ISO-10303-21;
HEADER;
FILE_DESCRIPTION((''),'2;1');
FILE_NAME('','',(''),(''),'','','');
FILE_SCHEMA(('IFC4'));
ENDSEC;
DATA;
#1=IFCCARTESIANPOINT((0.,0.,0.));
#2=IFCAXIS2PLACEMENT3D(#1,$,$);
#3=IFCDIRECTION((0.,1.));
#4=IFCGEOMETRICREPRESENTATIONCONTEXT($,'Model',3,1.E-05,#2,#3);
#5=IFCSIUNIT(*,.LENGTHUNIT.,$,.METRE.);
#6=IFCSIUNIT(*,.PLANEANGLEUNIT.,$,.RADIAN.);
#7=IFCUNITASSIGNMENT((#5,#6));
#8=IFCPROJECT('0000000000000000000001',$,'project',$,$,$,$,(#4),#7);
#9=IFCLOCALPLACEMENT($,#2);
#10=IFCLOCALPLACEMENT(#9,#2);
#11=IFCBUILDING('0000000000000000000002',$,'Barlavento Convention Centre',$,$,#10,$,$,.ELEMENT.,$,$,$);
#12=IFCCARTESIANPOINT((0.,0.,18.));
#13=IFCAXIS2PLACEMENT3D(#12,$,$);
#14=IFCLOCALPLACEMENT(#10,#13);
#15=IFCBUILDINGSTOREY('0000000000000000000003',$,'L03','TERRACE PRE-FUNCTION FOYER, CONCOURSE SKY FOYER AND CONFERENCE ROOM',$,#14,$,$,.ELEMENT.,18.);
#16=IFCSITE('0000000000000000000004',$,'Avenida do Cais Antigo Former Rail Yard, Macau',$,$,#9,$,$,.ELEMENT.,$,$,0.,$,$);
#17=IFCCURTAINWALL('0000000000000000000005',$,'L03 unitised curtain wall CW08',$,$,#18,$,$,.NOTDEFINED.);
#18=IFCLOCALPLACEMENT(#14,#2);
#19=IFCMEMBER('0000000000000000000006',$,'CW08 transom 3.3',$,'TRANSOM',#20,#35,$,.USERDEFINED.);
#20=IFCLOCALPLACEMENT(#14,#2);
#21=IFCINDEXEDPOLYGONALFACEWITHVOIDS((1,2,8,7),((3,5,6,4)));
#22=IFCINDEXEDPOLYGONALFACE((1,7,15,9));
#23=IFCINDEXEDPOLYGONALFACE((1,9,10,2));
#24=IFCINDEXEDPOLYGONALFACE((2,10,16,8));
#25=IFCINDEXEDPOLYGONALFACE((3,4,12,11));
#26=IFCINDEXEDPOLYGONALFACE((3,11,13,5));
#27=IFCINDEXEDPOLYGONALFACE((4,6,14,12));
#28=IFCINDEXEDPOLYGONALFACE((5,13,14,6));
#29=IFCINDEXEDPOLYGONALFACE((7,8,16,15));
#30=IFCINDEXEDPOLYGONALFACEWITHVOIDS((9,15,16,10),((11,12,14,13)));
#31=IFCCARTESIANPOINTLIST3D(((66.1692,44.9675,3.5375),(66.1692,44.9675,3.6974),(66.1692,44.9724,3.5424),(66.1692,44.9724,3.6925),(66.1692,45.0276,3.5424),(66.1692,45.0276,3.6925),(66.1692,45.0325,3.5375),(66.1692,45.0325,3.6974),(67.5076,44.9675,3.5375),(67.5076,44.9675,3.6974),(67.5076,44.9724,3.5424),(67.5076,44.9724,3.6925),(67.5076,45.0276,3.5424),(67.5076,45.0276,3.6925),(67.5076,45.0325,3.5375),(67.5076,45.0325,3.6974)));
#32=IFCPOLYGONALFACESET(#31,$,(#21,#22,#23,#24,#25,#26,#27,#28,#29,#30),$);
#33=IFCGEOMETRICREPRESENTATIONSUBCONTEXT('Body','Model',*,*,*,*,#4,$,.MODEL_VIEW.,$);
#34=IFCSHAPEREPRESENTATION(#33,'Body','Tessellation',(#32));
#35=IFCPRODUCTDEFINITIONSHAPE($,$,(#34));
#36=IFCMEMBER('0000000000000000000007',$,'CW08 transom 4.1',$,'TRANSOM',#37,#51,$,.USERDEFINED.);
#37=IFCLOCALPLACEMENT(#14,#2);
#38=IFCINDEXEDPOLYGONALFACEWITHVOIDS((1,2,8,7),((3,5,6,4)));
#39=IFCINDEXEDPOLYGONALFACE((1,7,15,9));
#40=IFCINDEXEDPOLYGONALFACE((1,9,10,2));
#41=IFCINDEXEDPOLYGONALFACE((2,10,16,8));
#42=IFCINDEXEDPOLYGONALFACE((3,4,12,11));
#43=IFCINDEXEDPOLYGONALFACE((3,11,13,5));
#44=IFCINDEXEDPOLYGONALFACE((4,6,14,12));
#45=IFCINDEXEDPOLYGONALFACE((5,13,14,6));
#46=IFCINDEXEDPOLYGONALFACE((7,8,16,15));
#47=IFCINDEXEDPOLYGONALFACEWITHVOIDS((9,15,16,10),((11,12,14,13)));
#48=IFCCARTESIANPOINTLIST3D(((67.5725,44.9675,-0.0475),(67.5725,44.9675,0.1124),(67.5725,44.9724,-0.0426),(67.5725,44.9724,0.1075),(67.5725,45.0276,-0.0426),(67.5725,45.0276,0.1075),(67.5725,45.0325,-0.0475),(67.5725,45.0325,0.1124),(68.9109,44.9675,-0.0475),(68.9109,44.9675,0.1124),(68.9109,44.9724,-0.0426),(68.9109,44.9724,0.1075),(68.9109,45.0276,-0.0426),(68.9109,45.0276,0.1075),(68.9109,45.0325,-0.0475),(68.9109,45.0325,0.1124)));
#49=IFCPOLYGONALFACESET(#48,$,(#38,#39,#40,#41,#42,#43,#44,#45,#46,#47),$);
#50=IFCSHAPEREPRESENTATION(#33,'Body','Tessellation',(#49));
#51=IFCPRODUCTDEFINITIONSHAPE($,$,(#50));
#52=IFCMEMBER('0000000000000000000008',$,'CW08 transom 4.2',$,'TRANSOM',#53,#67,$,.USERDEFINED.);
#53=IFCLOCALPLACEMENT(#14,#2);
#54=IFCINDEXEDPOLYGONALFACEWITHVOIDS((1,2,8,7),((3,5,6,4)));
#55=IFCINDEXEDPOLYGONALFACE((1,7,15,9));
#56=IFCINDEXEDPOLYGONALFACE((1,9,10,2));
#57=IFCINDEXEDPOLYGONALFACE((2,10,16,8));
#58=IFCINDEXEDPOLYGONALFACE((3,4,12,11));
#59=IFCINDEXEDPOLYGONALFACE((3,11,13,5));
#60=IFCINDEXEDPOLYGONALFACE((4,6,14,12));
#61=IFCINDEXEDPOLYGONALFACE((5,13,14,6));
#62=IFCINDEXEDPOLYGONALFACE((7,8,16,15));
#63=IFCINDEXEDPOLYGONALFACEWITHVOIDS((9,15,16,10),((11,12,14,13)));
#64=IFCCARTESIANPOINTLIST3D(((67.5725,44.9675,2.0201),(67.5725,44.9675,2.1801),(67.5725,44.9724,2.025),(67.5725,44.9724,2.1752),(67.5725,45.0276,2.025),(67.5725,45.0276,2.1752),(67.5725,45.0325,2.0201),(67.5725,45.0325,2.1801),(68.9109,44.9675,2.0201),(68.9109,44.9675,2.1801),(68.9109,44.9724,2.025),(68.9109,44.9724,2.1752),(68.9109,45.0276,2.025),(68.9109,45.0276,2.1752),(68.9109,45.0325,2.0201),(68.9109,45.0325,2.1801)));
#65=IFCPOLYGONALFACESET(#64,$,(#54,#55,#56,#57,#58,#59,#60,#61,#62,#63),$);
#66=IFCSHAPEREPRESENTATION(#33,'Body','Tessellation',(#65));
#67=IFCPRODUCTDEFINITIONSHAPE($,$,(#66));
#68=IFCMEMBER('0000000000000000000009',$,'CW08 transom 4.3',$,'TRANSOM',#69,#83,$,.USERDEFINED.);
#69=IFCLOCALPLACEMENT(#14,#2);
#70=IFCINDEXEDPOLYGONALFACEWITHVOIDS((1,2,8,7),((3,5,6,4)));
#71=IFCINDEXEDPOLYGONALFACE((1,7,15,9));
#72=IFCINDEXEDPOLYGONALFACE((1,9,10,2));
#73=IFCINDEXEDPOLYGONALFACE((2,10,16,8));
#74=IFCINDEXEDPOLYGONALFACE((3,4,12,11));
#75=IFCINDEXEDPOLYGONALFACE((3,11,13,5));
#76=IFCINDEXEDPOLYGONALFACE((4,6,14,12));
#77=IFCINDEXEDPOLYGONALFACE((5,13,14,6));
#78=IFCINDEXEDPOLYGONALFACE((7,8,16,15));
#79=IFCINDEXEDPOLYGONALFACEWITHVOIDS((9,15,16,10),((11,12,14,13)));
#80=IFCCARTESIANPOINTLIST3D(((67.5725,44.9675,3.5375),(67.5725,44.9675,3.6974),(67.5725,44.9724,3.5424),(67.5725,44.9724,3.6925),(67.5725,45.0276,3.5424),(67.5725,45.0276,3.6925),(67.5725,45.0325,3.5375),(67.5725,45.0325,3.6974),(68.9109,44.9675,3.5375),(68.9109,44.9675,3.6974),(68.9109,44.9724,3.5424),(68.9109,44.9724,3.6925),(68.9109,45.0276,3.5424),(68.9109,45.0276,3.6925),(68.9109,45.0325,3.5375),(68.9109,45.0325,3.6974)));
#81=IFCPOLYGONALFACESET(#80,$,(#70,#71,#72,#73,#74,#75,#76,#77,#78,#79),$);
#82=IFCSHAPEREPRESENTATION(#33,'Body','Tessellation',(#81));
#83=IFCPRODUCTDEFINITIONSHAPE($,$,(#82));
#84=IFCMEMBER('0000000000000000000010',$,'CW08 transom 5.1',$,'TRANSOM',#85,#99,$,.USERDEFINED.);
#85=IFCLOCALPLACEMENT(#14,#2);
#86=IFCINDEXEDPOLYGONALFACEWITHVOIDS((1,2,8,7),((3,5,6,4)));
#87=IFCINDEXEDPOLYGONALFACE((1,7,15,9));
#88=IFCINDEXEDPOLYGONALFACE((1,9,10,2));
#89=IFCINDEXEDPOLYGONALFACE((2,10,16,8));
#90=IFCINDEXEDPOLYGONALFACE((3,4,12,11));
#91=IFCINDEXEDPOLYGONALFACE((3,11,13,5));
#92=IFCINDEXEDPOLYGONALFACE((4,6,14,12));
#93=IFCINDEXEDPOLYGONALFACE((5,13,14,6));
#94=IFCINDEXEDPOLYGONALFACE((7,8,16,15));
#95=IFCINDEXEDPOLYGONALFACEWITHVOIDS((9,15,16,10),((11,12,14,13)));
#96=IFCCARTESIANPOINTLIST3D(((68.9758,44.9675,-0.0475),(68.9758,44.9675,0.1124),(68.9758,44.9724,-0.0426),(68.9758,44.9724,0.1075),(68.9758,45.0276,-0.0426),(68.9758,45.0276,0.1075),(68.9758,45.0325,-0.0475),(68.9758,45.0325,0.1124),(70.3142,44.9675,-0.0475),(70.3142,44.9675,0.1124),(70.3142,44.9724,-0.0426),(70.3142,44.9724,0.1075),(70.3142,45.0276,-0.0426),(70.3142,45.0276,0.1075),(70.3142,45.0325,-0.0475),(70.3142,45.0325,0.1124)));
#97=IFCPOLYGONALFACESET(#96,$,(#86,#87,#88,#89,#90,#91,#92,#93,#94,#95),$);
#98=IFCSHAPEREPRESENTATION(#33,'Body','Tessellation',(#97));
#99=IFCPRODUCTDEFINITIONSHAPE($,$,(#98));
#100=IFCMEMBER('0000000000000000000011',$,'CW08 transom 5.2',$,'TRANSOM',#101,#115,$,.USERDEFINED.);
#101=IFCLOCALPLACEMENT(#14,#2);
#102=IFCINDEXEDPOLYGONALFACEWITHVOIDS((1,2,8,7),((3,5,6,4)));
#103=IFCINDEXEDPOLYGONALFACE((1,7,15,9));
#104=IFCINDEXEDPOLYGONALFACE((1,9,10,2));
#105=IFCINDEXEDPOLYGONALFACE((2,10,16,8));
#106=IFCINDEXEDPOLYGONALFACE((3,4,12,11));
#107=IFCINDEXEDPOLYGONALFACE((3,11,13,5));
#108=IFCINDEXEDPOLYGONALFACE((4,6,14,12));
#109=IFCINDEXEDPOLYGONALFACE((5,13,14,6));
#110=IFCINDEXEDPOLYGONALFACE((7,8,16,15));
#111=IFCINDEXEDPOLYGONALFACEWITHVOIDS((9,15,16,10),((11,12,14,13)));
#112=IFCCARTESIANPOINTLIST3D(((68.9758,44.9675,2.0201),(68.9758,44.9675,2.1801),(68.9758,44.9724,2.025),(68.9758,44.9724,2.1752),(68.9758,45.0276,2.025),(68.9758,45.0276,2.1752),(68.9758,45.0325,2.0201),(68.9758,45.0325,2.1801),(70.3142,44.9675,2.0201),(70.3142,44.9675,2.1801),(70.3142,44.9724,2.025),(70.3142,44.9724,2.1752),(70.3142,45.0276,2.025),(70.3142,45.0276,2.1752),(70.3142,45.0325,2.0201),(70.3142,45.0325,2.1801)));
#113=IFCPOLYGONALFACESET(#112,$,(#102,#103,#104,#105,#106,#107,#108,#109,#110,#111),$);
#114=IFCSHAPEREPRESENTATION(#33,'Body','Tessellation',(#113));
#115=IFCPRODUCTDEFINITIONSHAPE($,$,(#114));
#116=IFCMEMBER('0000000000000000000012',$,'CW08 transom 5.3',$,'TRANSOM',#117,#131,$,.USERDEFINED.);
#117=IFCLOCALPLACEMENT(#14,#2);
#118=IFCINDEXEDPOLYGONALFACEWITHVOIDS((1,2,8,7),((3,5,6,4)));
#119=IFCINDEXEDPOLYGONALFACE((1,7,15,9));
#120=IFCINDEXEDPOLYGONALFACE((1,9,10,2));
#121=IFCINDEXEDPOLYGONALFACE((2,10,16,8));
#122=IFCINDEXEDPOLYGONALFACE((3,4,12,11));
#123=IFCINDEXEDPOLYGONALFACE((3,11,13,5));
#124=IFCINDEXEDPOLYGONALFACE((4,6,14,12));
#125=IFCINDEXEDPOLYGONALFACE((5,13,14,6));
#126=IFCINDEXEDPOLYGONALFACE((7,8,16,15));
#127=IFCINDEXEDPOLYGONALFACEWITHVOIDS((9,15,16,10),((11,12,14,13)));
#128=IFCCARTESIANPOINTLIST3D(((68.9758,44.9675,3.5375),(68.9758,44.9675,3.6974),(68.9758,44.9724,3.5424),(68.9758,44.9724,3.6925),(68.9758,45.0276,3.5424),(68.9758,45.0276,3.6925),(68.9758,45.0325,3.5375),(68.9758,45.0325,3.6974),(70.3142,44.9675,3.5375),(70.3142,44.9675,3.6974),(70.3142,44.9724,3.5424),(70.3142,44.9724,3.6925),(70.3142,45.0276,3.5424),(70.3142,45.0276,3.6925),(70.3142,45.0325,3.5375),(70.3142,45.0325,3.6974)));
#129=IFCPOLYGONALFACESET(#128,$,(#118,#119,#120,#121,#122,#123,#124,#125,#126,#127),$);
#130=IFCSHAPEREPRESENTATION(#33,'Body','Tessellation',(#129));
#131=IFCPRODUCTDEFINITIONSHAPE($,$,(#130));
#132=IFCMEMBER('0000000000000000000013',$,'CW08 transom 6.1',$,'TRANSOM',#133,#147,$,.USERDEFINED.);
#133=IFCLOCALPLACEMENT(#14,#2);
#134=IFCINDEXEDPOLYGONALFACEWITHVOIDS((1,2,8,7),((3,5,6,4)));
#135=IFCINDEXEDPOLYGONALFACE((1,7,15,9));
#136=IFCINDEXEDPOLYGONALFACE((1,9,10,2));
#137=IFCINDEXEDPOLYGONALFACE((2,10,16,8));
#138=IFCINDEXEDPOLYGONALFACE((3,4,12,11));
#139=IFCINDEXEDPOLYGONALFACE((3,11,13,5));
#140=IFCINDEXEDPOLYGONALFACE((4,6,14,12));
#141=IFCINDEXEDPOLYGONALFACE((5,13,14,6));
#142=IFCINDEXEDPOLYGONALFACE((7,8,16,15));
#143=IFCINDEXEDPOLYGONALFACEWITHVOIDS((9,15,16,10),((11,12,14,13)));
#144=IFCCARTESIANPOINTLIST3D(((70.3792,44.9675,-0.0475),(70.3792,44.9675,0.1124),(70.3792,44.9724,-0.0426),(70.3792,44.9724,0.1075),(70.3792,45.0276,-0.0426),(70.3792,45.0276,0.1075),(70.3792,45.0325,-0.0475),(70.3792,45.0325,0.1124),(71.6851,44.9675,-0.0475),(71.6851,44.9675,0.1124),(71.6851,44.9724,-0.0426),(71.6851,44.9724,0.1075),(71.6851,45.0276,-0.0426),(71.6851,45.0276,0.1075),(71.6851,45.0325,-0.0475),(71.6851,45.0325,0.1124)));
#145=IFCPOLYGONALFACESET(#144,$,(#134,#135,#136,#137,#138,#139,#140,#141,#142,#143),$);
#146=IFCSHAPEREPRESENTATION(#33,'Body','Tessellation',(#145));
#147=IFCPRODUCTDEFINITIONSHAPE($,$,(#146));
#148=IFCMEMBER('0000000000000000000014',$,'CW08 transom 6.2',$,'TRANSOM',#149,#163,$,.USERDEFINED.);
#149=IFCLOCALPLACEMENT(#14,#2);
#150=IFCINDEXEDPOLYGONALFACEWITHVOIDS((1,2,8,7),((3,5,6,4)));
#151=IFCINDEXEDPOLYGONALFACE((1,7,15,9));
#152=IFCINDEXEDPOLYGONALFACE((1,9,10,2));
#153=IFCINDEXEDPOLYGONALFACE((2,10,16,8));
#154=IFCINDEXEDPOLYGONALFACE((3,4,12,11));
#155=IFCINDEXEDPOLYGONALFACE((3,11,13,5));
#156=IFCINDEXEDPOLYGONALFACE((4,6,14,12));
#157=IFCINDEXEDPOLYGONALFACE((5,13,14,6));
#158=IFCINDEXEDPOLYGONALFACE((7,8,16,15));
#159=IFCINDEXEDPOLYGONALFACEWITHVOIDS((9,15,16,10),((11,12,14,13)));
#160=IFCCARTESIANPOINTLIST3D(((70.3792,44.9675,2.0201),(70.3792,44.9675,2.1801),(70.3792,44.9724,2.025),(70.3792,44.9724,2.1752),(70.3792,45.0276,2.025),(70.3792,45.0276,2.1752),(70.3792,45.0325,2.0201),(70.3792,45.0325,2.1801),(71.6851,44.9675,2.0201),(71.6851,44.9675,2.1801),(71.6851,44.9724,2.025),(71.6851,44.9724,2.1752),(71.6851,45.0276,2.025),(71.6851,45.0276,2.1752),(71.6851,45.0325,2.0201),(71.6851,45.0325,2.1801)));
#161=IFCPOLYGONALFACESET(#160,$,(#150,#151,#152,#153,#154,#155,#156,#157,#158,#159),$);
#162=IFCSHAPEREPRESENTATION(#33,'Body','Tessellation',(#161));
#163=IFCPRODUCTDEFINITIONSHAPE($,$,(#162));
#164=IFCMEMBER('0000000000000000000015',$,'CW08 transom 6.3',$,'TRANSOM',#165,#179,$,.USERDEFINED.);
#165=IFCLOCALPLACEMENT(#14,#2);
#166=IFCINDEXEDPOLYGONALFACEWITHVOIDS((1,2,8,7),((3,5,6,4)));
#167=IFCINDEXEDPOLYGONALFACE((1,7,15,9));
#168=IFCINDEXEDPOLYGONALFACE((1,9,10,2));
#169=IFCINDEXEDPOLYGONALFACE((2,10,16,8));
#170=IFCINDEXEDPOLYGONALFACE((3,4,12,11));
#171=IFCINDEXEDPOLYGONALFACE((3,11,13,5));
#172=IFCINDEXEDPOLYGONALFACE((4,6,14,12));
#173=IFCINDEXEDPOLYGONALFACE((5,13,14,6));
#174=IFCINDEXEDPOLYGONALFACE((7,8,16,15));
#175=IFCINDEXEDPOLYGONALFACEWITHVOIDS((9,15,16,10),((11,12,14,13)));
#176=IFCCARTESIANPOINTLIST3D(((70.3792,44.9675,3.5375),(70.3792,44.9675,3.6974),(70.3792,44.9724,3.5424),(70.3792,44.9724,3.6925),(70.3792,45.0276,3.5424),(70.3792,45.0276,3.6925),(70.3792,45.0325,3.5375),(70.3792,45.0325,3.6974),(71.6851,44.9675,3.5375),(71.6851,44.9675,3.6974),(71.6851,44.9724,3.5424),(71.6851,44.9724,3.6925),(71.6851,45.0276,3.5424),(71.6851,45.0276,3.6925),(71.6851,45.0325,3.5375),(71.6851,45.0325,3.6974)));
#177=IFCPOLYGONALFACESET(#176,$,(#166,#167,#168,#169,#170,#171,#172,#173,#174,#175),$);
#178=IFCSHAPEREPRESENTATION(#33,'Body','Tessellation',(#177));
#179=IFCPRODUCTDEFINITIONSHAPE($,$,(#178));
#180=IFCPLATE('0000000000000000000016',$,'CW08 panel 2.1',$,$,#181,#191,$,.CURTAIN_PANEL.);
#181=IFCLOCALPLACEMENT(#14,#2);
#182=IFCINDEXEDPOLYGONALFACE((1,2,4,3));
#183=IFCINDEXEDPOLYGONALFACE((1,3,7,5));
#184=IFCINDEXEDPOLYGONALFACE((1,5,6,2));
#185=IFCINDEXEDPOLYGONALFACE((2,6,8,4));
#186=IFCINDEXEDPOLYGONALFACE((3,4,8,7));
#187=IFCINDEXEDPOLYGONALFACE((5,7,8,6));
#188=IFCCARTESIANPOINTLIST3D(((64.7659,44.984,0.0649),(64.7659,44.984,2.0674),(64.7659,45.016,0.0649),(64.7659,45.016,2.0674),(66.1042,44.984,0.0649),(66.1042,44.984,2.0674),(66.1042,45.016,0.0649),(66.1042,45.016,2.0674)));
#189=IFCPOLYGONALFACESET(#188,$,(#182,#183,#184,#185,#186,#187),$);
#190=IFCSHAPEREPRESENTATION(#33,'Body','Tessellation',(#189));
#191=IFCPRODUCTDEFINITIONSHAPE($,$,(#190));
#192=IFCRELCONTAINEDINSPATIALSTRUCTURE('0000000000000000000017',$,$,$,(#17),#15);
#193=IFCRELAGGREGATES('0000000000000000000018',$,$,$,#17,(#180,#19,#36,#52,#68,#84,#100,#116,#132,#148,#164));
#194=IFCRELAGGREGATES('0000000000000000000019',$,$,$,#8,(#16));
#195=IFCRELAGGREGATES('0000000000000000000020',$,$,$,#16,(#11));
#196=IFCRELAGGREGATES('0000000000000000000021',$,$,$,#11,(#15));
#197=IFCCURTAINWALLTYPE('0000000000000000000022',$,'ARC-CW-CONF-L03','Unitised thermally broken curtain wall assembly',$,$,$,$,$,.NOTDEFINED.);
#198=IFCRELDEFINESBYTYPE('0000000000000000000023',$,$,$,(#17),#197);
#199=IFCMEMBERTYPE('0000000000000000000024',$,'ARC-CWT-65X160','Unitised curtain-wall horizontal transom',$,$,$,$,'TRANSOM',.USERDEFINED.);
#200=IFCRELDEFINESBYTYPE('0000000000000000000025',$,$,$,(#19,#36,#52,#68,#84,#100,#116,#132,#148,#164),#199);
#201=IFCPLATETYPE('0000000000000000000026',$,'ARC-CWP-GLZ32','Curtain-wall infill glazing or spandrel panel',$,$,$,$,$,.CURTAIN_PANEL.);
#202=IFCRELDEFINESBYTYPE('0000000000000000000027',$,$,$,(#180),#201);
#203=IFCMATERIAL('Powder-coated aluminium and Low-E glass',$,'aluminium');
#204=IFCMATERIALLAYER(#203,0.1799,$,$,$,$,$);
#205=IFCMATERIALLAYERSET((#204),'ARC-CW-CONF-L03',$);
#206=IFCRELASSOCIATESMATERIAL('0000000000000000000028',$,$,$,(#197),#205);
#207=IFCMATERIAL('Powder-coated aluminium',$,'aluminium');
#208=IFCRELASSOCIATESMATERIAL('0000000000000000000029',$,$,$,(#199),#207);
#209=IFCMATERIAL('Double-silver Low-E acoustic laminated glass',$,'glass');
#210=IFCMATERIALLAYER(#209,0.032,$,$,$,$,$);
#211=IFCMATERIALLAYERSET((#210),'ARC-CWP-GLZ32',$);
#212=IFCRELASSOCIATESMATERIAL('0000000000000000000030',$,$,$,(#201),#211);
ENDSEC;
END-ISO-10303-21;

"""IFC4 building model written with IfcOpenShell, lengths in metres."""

from ifc_helpers import new_model, si_unit, direction, frame, origin, origin_2d, place, context, subcontext, project, spatial, rectangle, hollow_rectangle, extrude, material, layer, layer_set, material_profile, profile_set, type_object, element, aggregate, save


model = new_model("IFC4")

# Units and contexts
model_context = context("Model", 3, precision=1e-05, world=origin(), true_north=direction((0.0, 1.0)))
body_context = subcontext(model_context, "Body", "Model", "MODEL_VIEW")
ifc_project = project(units=[si_unit("LENGTHUNIT", "METRE"), si_unit("PLANEANGLEUNIT", "RADIAN")], contexts=[model_context])

# Site, building, storey
site_placement = place(None, origin())
site = spatial("IfcSite", under=ifc_project, at=site_placement, Name="Avenida do Cais Antigo Former Rail Yard, Macau", CompositionType="ELEMENT", RefElevation=0.0)
building_placement = place(site_placement, origin())
building = spatial("IfcBuilding", under=site, at=building_placement, Name="Barlavento Convention Centre", CompositionType="ELEMENT")
storey_placement = place(building_placement, frame((0.0, 0.0, 18.0)))
storey = spatial("IfcBuildingStorey", under=building, at=storey_placement, Name="L03", Description="TERRACE PRE-FUNCTION FOYER, CONCOURSE SKY FOYER AND CONFERENCE ROOM", CompositionType="ELEMENT", Elevation=18.0)

# Curtain wall, members, plate
ifc_material_1 = material(Name="Powder-coated aluminium and Low-E glass", Category="aluminium")
ifc_layer_1 = layer(ifc_material_1, 0.1799)
ifc_layer_set_1 = layer_set([ifc_layer_1], Name="ARC-CW-CONF-L03")
curtain_wall_type = type_object("IfcCurtainWallType", Name="ARC-CW-CONF-L03", Description="Unitised thermally broken curtain wall assembly", PredefinedType="NOTDEFINED", material=ifc_layer_set_1)
curtain_wall_placement = place(storey_placement, origin())
curtain_wall = element("IfcCurtainWall", 1, at=curtain_wall_placement, inside=storey, type_object=curtain_wall_type, Name="L03 unitised curtain wall CW08", PredefinedType="NOTDEFINED")
ifc_material_2 = material(Name="Powder-coated aluminium", Category="aluminium")
ifc_material_profile_1 = material_profile(ifc_material_2, hollow_rectangle(XDim=0.0649, YDim=0.1599, WallThickness=0.0049, at=origin_2d()), Name="AL-TRAN 65x160x5")
ifc_profile_set_1 = profile_set([ifc_material_profile_1], Name="Powder-coated aluminium")
member_type_1 = type_object("IfcMemberType", Name="ARC-CWT-65X160", Description="Unitised curtain-wall horizontal transom", ElementType="TRANSOM", PredefinedType="USERDEFINED", material=ifc_profile_set_1)
member_1_placement = place(storey_placement, frame((66.1692, 45.0, 3.6174), z_axis=(1.0, 0.0, 0.0), x_axis=(0.0, 1.0, 0.0)))
member_1 = element("IfcMember", 2, at=member_1_placement, type_object=member_type_1, Name="CW08 transom 3.3", ObjectType="TRANSOM", PredefinedType="USERDEFINED", context=body_context, shape_type="SweptSolid", body=[
    extrude(hollow_rectangle(XDim=0.0649, YDim=0.1599, WallThickness=0.0049, at=origin_2d()), origin(), (0.0, 0.0, 1.0), 1.3384),
])
member_2_placement = place(storey_placement, frame((67.5725, 45.0, 0.0325), z_axis=(1.0, 0.0, 0.0), x_axis=(0.0, 1.0, 0.0)))
member_2 = element("IfcMember", 3, at=member_2_placement, type_object=member_type_1, Name="CW08 transom 4.1", ObjectType="TRANSOM", PredefinedType="USERDEFINED", context=body_context, shape_type="SweptSolid", body=[
    extrude(hollow_rectangle(XDim=0.0649, YDim=0.1599, WallThickness=0.0049, at=origin_2d()), origin(), (0.0, 0.0, 1.0), 1.3384),
])
member_3_placement = place(storey_placement, frame((67.5725, 45.0, 2.1001), z_axis=(1.0, 0.0, 0.0), x_axis=(0.0, 1.0, 0.0)))
member_3 = element("IfcMember", 4, at=member_3_placement, type_object=member_type_1, Name="CW08 transom 4.2", ObjectType="TRANSOM", PredefinedType="USERDEFINED", context=body_context, shape_type="SweptSolid", body=[
    extrude(hollow_rectangle(XDim=0.0649, YDim=0.1599, WallThickness=0.0049, at=origin_2d()), origin(), (0.0, 0.0, 1.0), 1.3384),
])
member_4_placement = place(storey_placement, frame((67.5725, 45.0, 3.6174), z_axis=(1.0, 0.0, 0.0), x_axis=(0.0, 1.0, 0.0)))
member_4 = element("IfcMember", 5, at=member_4_placement, type_object=member_type_1, Name="CW08 transom 4.3", ObjectType="TRANSOM", PredefinedType="USERDEFINED", context=body_context, shape_type="SweptSolid", body=[
    extrude(hollow_rectangle(XDim=0.0649, YDim=0.1599, WallThickness=0.0049, at=origin_2d()), origin(), (0.0, 0.0, 1.0), 1.3384),
])
member_5_placement = place(storey_placement, frame((68.9758, 45.0, 0.0325), z_axis=(1.0, 0.0, 0.0), x_axis=(0.0, 1.0, 0.0)))
member_5 = element("IfcMember", 6, at=member_5_placement, type_object=member_type_1, Name="CW08 transom 5.1", ObjectType="TRANSOM", PredefinedType="USERDEFINED", context=body_context, shape_type="SweptSolid", body=[
    extrude(hollow_rectangle(XDim=0.0649, YDim=0.1599, WallThickness=0.0049, at=origin_2d()), origin(), (0.0, 0.0, 1.0), 1.3384),
])
member_6_placement = place(storey_placement, frame((68.9758, 45.0, 2.1001), z_axis=(1.0, 0.0, 0.0), x_axis=(0.0, 1.0, 0.0)))
member_6 = element("IfcMember", 7, at=member_6_placement, type_object=member_type_1, Name="CW08 transom 5.2", ObjectType="TRANSOM", PredefinedType="USERDEFINED", context=body_context, shape_type="SweptSolid", body=[
    extrude(hollow_rectangle(XDim=0.0649, YDim=0.1599, WallThickness=0.0049, at=origin_2d()), origin(), (0.0, 0.0, 1.0), 1.3384),
])
member_7_placement = place(storey_placement, frame((68.9758, 45.0, 3.6174), z_axis=(1.0, 0.0, 0.0), x_axis=(0.0, 1.0, 0.0)))
member_7 = element("IfcMember", 8, at=member_7_placement, type_object=member_type_1, Name="CW08 transom 5.3", ObjectType="TRANSOM", PredefinedType="USERDEFINED", context=body_context, shape_type="SweptSolid", body=[
    extrude(hollow_rectangle(XDim=0.0649, YDim=0.1599, WallThickness=0.0049, at=origin_2d()), origin(), (0.0, 0.0, 1.0), 1.3384),
])
member_8_placement = place(storey_placement, frame((70.3792, 45.0, 0.0325), z_axis=(1.0, 0.0, 0.0), x_axis=(0.0, 1.0, 0.0)))
member_8 = element("IfcMember", 9, at=member_8_placement, type_object=member_type_1, Name="CW08 transom 6.1", ObjectType="TRANSOM", PredefinedType="USERDEFINED", context=body_context, shape_type="SweptSolid", body=[
    extrude(hollow_rectangle(XDim=0.0649, YDim=0.1599, WallThickness=0.0049, at=origin_2d()), origin(), (0.0, 0.0, 1.0), 1.3059),
])
member_9_placement = place(storey_placement, frame((70.3792, 45.0, 2.1001), z_axis=(1.0, 0.0, 0.0), x_axis=(0.0, 1.0, 0.0)))
member_9 = element("IfcMember", 10, at=member_9_placement, type_object=member_type_1, Name="CW08 transom 6.2", ObjectType="TRANSOM", PredefinedType="USERDEFINED", context=body_context, shape_type="SweptSolid", body=[
    extrude(hollow_rectangle(XDim=0.0649, YDim=0.1599, WallThickness=0.0049, at=origin_2d()), origin(), (0.0, 0.0, 1.0), 1.3059),
])
member_10_placement = place(storey_placement, frame((70.3792, 45.0, 3.6174), z_axis=(1.0, 0.0, 0.0), x_axis=(0.0, 1.0, 0.0)))
member_10 = element("IfcMember", 11, at=member_10_placement, type_object=member_type_1, Name="CW08 transom 6.3", ObjectType="TRANSOM", PredefinedType="USERDEFINED", context=body_context, shape_type="SweptSolid", body=[
    extrude(hollow_rectangle(XDim=0.0649, YDim=0.1599, WallThickness=0.0049, at=origin_2d()), origin(), (0.0, 0.0, 1.0), 1.3059),
])
ifc_material_3 = material(Name="Double-silver Low-E acoustic laminated glass", Category="glass")
ifc_layer_2 = layer(ifc_material_3, 0.032)
ifc_layer_set_2 = layer_set([ifc_layer_2], Name="ARC-CWP-GLZ32")
plate_type = type_object("IfcPlateType", Name="ARC-CWP-GLZ32", Description="Curtain-wall infill glazing or spandrel panel", PredefinedType="CURTAIN_PANEL", material=ifc_layer_set_2)
plate_1_placement = place(storey_placement, frame((65.4351, 45.0, 0.0649), z_axis=(0.0, 0.0, 1.0), x_axis=(1.0, 0.0, 0.0)))
plate_1 = element("IfcPlate", 12, at=plate_1_placement, type_object=plate_type, Name="CW08 panel 2.1", PredefinedType="CURTAIN_PANEL", context=body_context, shape_type="SweptSolid", body=[
    extrude(rectangle(XDim=1.3384, YDim=0.032, at=origin_2d()), origin(), (0.0, 0.0, 1.0), 2.0024),
])
aggregate(curtain_wall, [plate_1, member_1, member_2, member_3, member_4, member_5, member_6, member_7, member_8, member_9, member_10])

save(model, "model.ifc")
